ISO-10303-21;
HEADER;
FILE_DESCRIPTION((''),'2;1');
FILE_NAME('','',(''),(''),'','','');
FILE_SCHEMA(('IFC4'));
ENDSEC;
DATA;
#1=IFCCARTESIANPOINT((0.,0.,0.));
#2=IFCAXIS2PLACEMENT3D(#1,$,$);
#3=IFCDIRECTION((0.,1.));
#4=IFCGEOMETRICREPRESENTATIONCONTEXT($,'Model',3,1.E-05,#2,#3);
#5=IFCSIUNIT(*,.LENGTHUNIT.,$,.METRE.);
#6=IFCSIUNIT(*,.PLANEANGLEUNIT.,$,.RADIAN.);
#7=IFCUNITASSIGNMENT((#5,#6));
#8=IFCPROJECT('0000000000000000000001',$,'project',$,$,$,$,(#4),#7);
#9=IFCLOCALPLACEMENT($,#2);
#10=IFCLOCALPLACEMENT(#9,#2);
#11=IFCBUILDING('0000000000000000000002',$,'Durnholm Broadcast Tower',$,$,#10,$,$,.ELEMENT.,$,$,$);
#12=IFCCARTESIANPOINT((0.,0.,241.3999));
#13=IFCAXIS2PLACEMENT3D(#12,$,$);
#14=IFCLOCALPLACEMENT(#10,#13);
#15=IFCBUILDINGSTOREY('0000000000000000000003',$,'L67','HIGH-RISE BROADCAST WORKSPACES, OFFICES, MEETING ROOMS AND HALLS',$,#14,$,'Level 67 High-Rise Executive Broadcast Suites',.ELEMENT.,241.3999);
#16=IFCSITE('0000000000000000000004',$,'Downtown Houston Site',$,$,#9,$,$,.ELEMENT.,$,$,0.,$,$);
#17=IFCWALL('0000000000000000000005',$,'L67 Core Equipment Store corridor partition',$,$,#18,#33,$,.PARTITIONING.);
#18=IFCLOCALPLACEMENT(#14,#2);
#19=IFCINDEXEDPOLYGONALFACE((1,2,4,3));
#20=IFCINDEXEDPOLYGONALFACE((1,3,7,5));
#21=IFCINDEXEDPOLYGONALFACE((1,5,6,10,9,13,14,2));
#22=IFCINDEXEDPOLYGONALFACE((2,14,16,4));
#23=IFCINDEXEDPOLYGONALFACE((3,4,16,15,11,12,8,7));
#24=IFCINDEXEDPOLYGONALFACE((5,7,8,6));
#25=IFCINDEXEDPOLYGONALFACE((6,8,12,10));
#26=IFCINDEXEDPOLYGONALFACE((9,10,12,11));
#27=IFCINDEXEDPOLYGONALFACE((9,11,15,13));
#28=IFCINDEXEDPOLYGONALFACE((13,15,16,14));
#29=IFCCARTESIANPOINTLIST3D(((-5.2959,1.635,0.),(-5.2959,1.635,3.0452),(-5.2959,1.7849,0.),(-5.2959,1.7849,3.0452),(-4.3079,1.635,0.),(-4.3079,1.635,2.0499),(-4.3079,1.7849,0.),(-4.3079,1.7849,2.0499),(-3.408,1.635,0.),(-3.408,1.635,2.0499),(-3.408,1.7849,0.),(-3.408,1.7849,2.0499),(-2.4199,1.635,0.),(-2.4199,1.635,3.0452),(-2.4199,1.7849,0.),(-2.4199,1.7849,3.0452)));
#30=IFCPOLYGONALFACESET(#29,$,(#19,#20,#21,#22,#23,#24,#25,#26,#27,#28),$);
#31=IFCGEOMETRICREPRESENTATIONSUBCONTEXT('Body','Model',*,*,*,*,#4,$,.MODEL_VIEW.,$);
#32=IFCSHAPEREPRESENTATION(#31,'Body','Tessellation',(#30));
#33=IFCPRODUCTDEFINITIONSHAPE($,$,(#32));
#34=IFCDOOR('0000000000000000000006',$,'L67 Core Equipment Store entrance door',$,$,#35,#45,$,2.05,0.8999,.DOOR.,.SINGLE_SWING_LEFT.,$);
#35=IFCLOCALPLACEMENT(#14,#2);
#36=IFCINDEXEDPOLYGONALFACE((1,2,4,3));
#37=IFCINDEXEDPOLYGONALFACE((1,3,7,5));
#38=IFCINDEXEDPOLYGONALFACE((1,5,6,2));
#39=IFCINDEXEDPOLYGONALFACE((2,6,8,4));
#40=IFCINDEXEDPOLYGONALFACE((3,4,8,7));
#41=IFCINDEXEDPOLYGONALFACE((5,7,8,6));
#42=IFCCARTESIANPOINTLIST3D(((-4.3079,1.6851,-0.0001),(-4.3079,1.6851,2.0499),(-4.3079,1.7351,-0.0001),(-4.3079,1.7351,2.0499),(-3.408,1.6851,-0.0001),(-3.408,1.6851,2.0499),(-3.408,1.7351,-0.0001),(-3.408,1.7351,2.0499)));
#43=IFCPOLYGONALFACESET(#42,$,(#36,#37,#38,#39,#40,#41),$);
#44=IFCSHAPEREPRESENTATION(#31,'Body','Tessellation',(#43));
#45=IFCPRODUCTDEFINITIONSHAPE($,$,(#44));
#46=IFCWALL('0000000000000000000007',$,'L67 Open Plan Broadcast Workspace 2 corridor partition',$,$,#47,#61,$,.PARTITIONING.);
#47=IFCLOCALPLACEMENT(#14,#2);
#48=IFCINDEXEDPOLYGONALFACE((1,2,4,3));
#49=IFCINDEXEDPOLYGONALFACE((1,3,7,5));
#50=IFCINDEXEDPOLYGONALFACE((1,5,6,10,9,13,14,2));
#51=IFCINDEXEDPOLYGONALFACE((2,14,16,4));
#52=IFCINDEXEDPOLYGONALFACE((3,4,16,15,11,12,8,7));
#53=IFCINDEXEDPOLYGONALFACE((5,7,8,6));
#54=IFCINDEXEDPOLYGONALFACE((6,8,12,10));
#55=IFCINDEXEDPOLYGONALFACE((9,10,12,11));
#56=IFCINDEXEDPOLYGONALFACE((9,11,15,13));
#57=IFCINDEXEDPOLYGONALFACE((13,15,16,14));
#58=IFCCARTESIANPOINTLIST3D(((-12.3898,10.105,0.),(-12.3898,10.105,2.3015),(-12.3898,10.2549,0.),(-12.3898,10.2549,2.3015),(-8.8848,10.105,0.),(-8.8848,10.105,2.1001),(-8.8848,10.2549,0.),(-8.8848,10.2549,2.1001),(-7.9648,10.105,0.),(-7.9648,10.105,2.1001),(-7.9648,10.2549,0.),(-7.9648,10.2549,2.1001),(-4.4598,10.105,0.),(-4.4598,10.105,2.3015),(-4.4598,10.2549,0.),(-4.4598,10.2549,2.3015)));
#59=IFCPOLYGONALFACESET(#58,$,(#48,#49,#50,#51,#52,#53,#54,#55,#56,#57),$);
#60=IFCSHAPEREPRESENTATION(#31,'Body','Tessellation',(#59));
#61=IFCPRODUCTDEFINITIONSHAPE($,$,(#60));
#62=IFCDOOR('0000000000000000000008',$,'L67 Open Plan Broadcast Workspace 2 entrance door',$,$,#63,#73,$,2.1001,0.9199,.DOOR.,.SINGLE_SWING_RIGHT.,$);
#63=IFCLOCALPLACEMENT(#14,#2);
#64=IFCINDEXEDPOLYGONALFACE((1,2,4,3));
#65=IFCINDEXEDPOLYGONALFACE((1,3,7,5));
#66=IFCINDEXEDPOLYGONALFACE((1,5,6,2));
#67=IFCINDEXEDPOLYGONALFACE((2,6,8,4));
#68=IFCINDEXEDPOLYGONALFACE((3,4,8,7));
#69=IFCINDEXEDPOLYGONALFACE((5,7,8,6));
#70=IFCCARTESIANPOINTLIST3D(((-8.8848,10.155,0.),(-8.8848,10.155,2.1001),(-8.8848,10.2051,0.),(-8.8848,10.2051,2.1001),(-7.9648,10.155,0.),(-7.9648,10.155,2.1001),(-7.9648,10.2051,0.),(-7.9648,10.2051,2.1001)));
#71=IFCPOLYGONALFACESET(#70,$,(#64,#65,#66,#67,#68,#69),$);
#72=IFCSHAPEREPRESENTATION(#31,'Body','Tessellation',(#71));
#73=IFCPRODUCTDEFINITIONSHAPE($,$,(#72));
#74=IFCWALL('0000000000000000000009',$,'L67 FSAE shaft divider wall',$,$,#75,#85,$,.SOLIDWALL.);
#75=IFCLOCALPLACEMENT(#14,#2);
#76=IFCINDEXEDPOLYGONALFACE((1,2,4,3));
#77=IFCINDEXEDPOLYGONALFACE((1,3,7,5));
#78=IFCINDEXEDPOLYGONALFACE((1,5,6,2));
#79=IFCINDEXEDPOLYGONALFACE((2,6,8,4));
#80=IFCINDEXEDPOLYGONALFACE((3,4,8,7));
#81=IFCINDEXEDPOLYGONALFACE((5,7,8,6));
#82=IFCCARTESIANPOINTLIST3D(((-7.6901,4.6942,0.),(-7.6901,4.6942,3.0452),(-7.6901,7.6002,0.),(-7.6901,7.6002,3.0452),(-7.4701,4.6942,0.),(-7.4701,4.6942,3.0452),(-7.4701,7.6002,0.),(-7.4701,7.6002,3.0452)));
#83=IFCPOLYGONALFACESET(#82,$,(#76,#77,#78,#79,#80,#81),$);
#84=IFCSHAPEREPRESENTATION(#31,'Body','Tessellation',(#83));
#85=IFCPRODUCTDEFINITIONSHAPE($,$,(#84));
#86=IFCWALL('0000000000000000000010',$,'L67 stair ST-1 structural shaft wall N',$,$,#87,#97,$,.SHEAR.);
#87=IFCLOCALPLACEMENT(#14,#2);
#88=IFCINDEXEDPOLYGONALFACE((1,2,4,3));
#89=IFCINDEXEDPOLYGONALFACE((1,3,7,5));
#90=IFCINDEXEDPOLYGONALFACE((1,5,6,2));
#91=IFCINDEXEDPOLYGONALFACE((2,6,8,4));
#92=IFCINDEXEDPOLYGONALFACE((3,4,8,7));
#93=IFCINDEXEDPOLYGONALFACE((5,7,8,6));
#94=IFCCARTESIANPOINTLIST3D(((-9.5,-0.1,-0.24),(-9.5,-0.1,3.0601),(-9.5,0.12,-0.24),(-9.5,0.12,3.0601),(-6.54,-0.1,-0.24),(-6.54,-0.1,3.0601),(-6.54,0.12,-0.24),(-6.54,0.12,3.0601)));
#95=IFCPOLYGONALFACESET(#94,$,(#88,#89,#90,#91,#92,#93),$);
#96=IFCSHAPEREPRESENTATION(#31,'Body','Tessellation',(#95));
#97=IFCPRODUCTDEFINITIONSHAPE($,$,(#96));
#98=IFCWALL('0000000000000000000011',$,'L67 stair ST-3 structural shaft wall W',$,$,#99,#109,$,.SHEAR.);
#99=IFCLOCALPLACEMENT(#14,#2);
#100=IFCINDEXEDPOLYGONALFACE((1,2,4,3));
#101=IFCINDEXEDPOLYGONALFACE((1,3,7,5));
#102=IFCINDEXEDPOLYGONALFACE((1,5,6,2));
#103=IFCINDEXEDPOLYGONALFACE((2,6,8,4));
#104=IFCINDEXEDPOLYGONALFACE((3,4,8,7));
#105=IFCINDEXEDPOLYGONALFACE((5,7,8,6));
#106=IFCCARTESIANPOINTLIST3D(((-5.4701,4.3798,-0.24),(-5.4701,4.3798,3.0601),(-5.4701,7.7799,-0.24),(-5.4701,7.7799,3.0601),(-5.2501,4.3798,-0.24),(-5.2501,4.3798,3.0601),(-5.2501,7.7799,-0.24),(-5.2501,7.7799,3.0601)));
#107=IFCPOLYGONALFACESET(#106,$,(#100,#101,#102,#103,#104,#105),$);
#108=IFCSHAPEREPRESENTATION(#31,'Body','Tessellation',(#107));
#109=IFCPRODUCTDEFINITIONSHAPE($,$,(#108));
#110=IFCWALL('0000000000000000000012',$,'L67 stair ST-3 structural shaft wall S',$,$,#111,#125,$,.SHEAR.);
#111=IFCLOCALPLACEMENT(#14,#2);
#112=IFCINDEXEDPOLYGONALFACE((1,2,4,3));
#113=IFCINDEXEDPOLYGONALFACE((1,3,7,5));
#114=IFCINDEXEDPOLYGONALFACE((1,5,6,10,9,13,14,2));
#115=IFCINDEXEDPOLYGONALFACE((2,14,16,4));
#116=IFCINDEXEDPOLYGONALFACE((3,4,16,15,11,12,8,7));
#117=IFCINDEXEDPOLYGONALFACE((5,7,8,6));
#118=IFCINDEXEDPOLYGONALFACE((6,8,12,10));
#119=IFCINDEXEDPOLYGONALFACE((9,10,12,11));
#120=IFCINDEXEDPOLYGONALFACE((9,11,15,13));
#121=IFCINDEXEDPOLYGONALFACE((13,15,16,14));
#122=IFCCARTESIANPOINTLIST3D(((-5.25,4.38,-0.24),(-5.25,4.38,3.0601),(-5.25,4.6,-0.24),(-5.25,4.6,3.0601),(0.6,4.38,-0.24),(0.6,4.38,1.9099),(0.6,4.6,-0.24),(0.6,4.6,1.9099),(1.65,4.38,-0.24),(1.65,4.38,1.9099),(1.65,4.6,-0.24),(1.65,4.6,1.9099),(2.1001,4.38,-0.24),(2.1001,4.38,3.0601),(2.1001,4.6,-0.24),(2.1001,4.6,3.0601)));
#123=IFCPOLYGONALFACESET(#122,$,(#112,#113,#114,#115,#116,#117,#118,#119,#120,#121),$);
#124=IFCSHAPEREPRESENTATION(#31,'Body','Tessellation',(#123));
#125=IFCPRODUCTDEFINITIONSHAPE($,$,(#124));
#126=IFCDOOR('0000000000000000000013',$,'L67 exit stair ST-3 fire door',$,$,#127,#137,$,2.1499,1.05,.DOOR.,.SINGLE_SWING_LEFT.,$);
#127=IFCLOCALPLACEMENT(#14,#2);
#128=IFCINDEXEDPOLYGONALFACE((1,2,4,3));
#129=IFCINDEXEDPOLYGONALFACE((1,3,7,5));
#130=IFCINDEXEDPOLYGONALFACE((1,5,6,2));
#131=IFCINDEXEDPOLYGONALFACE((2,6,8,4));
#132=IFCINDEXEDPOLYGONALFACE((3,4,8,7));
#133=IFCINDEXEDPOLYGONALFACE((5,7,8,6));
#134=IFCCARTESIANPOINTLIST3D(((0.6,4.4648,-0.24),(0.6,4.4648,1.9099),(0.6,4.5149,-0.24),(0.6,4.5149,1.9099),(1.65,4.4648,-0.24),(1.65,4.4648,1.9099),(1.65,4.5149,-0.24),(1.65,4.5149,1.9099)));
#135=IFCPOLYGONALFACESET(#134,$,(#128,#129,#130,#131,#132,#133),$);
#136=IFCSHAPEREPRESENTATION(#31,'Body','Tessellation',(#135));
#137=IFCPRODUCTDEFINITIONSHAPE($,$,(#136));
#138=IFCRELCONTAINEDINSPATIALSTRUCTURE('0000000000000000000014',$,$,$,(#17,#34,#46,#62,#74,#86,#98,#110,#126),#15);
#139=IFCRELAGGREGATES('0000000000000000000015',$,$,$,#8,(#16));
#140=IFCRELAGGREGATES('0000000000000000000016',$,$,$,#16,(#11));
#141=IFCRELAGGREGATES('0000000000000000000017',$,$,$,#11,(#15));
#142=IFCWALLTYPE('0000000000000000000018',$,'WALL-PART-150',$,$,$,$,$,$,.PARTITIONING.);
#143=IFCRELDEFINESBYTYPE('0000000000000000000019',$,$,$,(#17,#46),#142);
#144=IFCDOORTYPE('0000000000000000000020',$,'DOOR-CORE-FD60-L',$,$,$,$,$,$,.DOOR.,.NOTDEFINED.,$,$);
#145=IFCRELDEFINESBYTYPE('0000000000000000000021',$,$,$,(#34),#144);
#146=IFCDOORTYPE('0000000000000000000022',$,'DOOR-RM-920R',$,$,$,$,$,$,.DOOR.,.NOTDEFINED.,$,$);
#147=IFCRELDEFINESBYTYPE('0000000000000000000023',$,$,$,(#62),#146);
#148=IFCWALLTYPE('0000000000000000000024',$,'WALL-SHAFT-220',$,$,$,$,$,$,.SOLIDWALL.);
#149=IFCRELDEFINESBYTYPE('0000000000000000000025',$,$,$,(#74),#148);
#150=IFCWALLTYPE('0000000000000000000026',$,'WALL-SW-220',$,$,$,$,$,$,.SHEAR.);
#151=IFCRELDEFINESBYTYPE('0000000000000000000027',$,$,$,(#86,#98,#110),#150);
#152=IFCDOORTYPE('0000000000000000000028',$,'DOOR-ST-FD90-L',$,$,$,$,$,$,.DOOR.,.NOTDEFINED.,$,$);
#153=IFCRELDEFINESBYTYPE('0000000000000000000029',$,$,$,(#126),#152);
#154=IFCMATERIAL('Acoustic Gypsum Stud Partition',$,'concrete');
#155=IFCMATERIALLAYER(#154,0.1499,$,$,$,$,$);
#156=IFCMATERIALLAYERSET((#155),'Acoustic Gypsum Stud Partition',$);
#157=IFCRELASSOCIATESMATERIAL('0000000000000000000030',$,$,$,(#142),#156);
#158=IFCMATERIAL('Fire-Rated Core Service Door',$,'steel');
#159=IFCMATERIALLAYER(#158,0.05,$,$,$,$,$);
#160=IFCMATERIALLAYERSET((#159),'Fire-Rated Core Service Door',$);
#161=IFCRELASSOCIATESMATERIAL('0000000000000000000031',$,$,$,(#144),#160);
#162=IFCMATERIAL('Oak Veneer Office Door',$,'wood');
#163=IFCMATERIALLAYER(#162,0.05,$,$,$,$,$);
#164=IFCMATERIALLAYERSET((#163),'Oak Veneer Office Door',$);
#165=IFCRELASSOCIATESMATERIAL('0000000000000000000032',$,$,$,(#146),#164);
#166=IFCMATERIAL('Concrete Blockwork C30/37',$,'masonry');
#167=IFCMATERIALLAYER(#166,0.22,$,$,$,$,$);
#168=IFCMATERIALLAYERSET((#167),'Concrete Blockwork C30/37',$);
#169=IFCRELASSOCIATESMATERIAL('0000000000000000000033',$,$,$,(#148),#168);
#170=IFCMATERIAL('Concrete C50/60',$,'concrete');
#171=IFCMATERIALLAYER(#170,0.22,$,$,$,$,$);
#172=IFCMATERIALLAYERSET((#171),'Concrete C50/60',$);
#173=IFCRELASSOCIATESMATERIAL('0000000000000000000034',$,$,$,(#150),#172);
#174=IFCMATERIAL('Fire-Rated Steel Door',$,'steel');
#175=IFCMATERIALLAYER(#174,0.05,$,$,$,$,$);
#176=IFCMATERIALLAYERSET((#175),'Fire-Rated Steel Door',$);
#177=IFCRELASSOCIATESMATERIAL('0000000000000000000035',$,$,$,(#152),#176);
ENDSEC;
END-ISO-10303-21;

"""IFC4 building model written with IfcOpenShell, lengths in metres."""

from ifc_helpers import new_model, si_unit, direction, frame, frame_2d, origin, place, context, subcontext, project, spatial, rectangle, extrude, source, transform, mapped, material, layer, layer_set, type_object, type_shapes, element, fill, save


model = new_model("IFC4")

# Units and contexts
model_context = context("Model", 3, precision=1e-05, world=origin(), true_north=direction((0.0, 1.0)))
body_context = subcontext(model_context, "Body", "Model", "MODEL_VIEW")
ifc_project = project(units=[si_unit("LENGTHUNIT", "METRE"), si_unit("PLANEANGLEUNIT", "RADIAN")], contexts=[model_context])

# Site, building, storey
site_placement = place(None, origin())
site = spatial("IfcSite", under=ifc_project, at=site_placement, Name="Downtown Houston Site", CompositionType="ELEMENT", RefElevation=0.0)
building_placement = place(site_placement, origin())
building = spatial("IfcBuilding", under=site, at=building_placement, Name="Durnholm Broadcast Tower", CompositionType="ELEMENT")
storey_placement = place(building_placement, frame((0.0, 0.0, 241.3999)))
storey = spatial("IfcBuildingStorey", under=building, at=storey_placement, Name="L67", Description="HIGH-RISE BROADCAST WORKSPACES, OFFICES, MEETING ROOMS AND HALLS", LongName="Level 67 High-Rise Executive Broadcast Suites", CompositionType="ELEMENT", Elevation=241.3999)

# Shared definitions
ifc_material_1 = material(Name="Concrete C50/60", Category="concrete")

# Shared definitions
ifc_material_2 = material(Name="Acoustic Gypsum Stud Partition", Category="concrete")
ifc_layer_1 = layer(ifc_material_2, 0.1499)
ifc_layer_set_1 = layer_set([ifc_layer_1], Name="Acoustic Gypsum Stud Partition")
wall_type_1 = type_object("IfcWallType", Name="WALL-PART-150", PredefinedType="PARTITIONING", material=ifc_layer_set_1)

# Walls, openings, doors
wall_1_placement = place(storey_placement, frame((-2.4199, 1.71, 0.0), z_axis=(0.0, 0.0, 1.0), x_axis=(-1.0, 0.0, 0.0)))
wall_1 = element("IfcWall", 1, at=wall_1_placement, inside=storey, type_object=wall_type_1, Name="L67 Core Equipment Store corridor partition", PredefinedType="PARTITIONING", context=body_context, shape_type="SweptSolid", body=[
    extrude(rectangle(XDim=2.876, YDim=0.1499, at=frame_2d((1.438, 0.0))), origin(), (0.0, 0.0, 1.0), 3.0452),
])
opening_1_placement = place(wall_1_placement, frame((0.988, 0.0, 0.0)))
opening_1 = element("IfcOpeningElement", 2, at=opening_1_placement, cuts=wall_1, PredefinedType="OPENING", context=body_context, shape_type="SweptSolid", body=[
    extrude(rectangle(XDim=0.8999, YDim=2.05, at=frame_2d((0.45, 1.0249))), frame((0.0, 0.085, 0.0), z_axis=(0.0, -1.0, 0.0), x_axis=(1.0, 0.0, 0.0)), (0.0, 0.0, 1.0), 0.1699),
])
ifc_material_3 = material(Name="Fire-Rated Core Service Door", Category="steel")
ifc_layer_2 = layer(ifc_material_3, 0.05)
ifc_layer_set_2 = layer_set([ifc_layer_2], Name="Fire-Rated Core Service Door")
door_type_1 = type_object("IfcDoorType", Name="DOOR-CORE-FD60-L", OperationType="NOTDEFINED", PredefinedType="DOOR", material=ifc_layer_set_2)
shared_shape_1 = source(origin(), body_context, "Body", "SweptSolid", [
    extrude(rectangle(XDim=0.8999, YDim=2.05, at=frame_2d((0.45, 1.0249))), frame((0.0, 0.0249, 0.0), z_axis=(0.0, -1.0, 0.0), x_axis=(1.0, 0.0, 0.0)), (0.0, 0.0, 1.0), 0.05),
])
type_shapes(door_type_1, [shared_shape_1])
door_1_placement = place(opening_1_placement, origin())
door_1 = element("IfcDoor", 3, at=door_1_placement, inside=storey, type_object=door_type_1, Name="L67 Core Equipment Store entrance door", OperationType="SINGLE_SWING_LEFT", OverallHeight=2.05, OverallWidth=0.8999, PredefinedType="DOOR", context=body_context, shape_type="MappedRepresentation", body=[
    mapped(shared_shape_1, transform((0.0, 0.0, 0.0), x_axis=(1.0, 0.0, 0.0), y_axis=(0.0, 1.0, 0.0), z_axis=(0.0, 0.0, 1.0), scale=1.0)),
])
fill(opening_1, door_1)
wall_2_placement = place(storey_placement, frame((-4.46, 10.1799, 0.0), z_axis=(0.0, 0.0, 1.0), x_axis=(-1.0, 0.0, 0.0)))
wall_2 = element("IfcWall", 4, at=wall_2_placement, inside=storey, type_object=wall_type_1, Name="L67 Open Plan Broadcast Workspace 2 corridor partition", PredefinedType="PARTITIONING", context=body_context, shape_type="SweptSolid", body=[
    extrude(rectangle(XDim=7.9299, YDim=0.1499, at=frame_2d((3.9648, 0.0))), origin(), (0.0, 0.0, 1.0), 2.3015),
])
opening_2_placement = place(wall_2_placement, frame((3.5049, 0.0, 0.0)))
opening_2 = element("IfcOpeningElement", 5, at=opening_2_placement, cuts=wall_2, PredefinedType="OPENING", context=body_context, shape_type="SweptSolid", body=[
    extrude(rectangle(XDim=0.9199, YDim=2.1001, at=frame_2d((0.46, 1.05))), frame((0.0, 0.085, 0.0), z_axis=(0.0, -1.0, 0.0), x_axis=(1.0, 0.0, 0.0)), (0.0, 0.0, 1.0), 0.1699),
])
ifc_material_4 = material(Name="Oak Veneer Office Door", Category="wood")
ifc_layer_3 = layer(ifc_material_4, 0.05)
ifc_layer_set_3 = layer_set([ifc_layer_3], Name="Oak Veneer Office Door")
door_type_2 = type_object("IfcDoorType", Name="DOOR-RM-920R", OperationType="NOTDEFINED", PredefinedType="DOOR", material=ifc_layer_set_3)
shared_shape_2 = source(origin(), body_context, "Body", "SweptSolid", [
    extrude(rectangle(XDim=0.9199, YDim=2.1001, at=frame_2d((0.46, 1.05))), frame((0.0, 0.0249, 0.0), z_axis=(0.0, -1.0, 0.0), x_axis=(1.0, 0.0, 0.0)), (0.0, 0.0, 1.0), 0.05),
])
type_shapes(door_type_2, [shared_shape_2])
door_2_placement = place(opening_2_placement, origin())
door_2 = element("IfcDoor", 6, at=door_2_placement, inside=storey, type_object=door_type_2, Name="L67 Open Plan Broadcast Workspace 2 entrance door", OperationType="SINGLE_SWING_RIGHT", OverallHeight=2.1001, OverallWidth=0.9199, PredefinedType="DOOR", context=body_context, shape_type="MappedRepresentation", body=[
    mapped(shared_shape_2, transform((0.0, 0.0, 0.0), x_axis=(1.0, 0.0, 0.0), y_axis=(0.0, 1.0, 0.0), z_axis=(0.0, 0.0, 1.0), scale=1.0)),
])
fill(opening_2, door_2)

# Walls
ifc_material_5 = material(Name="Concrete Blockwork C30/37", Category="masonry")
ifc_layer_4 = layer(ifc_material_5, 0.22)
ifc_layer_set_4 = layer_set([ifc_layer_4], Name="Concrete Blockwork C30/37")
wall_type_2 = type_object("IfcWallType", Name="WALL-SHAFT-220", PredefinedType="SOLIDWALL", material=ifc_layer_set_4)
wall_3_placement = place(storey_placement, frame((-7.5801, 4.6941, 0.0), z_axis=(0.0, 0.0, 1.0), x_axis=(0.0, 1.0, 0.0)))
element("IfcWall", 7, at=wall_3_placement, inside=storey, type_object=wall_type_2, Name="L67 FSAE shaft divider wall", PredefinedType="SOLIDWALL", context=body_context, shape_type="SweptSolid", body=[
    extrude(rectangle(XDim=2.906, YDim=0.22, at=frame_2d((1.4531, 0.0))), origin(), (0.0, 0.0, 1.0), 3.0452),
])
ifc_layer_5 = layer(ifc_material_1, 0.22)
ifc_layer_set_5 = layer_set([ifc_layer_5], Name="Concrete C50/60")
wall_type_3 = type_object("IfcWallType", Name="WALL-SW-220", PredefinedType="SHEAR", material=ifc_layer_set_5)
wall_4_placement = place(storey_placement, frame((-6.54, 0.01, -0.24), z_axis=(0.0, 0.0, 1.0), x_axis=(-1.0, 0.0, 0.0)))
element("IfcWall", 8, at=wall_4_placement, inside=storey, type_object=wall_type_3, Name="L67 stair ST-1 structural shaft wall N", PredefinedType="SHEAR", context=body_context, shape_type="SweptSolid", body=[
    extrude(rectangle(XDim=2.96, YDim=0.22, at=frame_2d((1.48, 0.0))), origin(), (0.0, 0.0, 1.0), 3.3),
])
wall_5_placement = place(storey_placement, frame((-5.3601, 7.78, -0.24), z_axis=(0.0, 0.0, 1.0), x_axis=(0.0, -1.0, 0.0)))
element("IfcWall", 9, at=wall_5_placement, inside=storey, type_object=wall_type_3, Name="L67 stair ST-3 structural shaft wall W", PredefinedType="SHEAR", context=body_context, shape_type="SweptSolid", body=[
    extrude(rectangle(XDim=3.4001, YDim=0.22, at=frame_2d((1.7002, 0.0))), origin(), (0.0, 0.0, 1.0), 3.3),
])

# Wall, opening, door
wall_6_placement = place(storey_placement, frame((-5.25, 4.49, -0.24), z_axis=(0.0, 0.0, 1.0), x_axis=(1.0, 0.0, 0.0)))
wall_6 = element("IfcWall", 10, at=wall_6_placement, inside=storey, type_object=wall_type_3, Name="L67 stair ST-3 structural shaft wall S", PredefinedType="SHEAR", context=body_context, shape_type="SweptSolid", body=[
    extrude(rectangle(XDim=7.3501, YDim=0.22, at=frame_2d((3.675, 0.0))), origin(), (0.0, 0.0, 1.0), 3.3),
])
opening_3_placement = place(wall_6_placement, frame((5.8501, 0.0, 0.0)))
opening_3 = element("IfcOpeningElement", 11, at=opening_3_placement, cuts=wall_6, PredefinedType="OPENING", context=body_context, shape_type="SweptSolid", body=[
    extrude(rectangle(XDim=1.05, YDim=2.1499, at=frame_2d((0.5249, 1.075))), frame((0.0, 0.1201, 0.0), z_axis=(0.0, -1.0, 0.0), x_axis=(1.0, 0.0, 0.0)), (0.0, 0.0, 1.0), 0.24),
])
ifc_material_6 = material(Name="Fire-Rated Steel Door", Category="steel")
ifc_layer_6 = layer(ifc_material_6, 0.05)
ifc_layer_set_6 = layer_set([ifc_layer_6], Name="Fire-Rated Steel Door")
door_type_3 = type_object("IfcDoorType", Name="DOOR-ST-FD90-L", OperationType="NOTDEFINED", PredefinedType="DOOR", material=ifc_layer_set_6)
shared_shape_3 = source(origin(), body_context, "Body", "SweptSolid", [
    extrude(rectangle(XDim=1.05, YDim=2.1499, at=frame_2d((0.5249, 1.075))), frame((0.0, 0.0249, 0.0), z_axis=(0.0, -1.0, 0.0), x_axis=(1.0, 0.0, 0.0)), (0.0, 0.0, 1.0), 0.05),
])
type_shapes(door_type_3, [shared_shape_3])
door_3_placement = place(opening_3_placement, origin())
door_3 = element("IfcDoor", 12, at=door_3_placement, inside=storey, type_object=door_type_3, Name="L67 exit stair ST-3 fire door", OperationType="SINGLE_SWING_LEFT", OverallHeight=2.1499, OverallWidth=1.05, PredefinedType="DOOR", context=body_context, shape_type="MappedRepresentation", body=[
    mapped(shared_shape_3, transform((0.0, 0.0, 0.0), x_axis=(1.0, 0.0, 0.0), y_axis=(0.0, 1.0, 0.0), z_axis=(0.0, 0.0, 1.0), scale=1.0)),
])
fill(opening_3, door_3)

save(model, "model.ifc")
